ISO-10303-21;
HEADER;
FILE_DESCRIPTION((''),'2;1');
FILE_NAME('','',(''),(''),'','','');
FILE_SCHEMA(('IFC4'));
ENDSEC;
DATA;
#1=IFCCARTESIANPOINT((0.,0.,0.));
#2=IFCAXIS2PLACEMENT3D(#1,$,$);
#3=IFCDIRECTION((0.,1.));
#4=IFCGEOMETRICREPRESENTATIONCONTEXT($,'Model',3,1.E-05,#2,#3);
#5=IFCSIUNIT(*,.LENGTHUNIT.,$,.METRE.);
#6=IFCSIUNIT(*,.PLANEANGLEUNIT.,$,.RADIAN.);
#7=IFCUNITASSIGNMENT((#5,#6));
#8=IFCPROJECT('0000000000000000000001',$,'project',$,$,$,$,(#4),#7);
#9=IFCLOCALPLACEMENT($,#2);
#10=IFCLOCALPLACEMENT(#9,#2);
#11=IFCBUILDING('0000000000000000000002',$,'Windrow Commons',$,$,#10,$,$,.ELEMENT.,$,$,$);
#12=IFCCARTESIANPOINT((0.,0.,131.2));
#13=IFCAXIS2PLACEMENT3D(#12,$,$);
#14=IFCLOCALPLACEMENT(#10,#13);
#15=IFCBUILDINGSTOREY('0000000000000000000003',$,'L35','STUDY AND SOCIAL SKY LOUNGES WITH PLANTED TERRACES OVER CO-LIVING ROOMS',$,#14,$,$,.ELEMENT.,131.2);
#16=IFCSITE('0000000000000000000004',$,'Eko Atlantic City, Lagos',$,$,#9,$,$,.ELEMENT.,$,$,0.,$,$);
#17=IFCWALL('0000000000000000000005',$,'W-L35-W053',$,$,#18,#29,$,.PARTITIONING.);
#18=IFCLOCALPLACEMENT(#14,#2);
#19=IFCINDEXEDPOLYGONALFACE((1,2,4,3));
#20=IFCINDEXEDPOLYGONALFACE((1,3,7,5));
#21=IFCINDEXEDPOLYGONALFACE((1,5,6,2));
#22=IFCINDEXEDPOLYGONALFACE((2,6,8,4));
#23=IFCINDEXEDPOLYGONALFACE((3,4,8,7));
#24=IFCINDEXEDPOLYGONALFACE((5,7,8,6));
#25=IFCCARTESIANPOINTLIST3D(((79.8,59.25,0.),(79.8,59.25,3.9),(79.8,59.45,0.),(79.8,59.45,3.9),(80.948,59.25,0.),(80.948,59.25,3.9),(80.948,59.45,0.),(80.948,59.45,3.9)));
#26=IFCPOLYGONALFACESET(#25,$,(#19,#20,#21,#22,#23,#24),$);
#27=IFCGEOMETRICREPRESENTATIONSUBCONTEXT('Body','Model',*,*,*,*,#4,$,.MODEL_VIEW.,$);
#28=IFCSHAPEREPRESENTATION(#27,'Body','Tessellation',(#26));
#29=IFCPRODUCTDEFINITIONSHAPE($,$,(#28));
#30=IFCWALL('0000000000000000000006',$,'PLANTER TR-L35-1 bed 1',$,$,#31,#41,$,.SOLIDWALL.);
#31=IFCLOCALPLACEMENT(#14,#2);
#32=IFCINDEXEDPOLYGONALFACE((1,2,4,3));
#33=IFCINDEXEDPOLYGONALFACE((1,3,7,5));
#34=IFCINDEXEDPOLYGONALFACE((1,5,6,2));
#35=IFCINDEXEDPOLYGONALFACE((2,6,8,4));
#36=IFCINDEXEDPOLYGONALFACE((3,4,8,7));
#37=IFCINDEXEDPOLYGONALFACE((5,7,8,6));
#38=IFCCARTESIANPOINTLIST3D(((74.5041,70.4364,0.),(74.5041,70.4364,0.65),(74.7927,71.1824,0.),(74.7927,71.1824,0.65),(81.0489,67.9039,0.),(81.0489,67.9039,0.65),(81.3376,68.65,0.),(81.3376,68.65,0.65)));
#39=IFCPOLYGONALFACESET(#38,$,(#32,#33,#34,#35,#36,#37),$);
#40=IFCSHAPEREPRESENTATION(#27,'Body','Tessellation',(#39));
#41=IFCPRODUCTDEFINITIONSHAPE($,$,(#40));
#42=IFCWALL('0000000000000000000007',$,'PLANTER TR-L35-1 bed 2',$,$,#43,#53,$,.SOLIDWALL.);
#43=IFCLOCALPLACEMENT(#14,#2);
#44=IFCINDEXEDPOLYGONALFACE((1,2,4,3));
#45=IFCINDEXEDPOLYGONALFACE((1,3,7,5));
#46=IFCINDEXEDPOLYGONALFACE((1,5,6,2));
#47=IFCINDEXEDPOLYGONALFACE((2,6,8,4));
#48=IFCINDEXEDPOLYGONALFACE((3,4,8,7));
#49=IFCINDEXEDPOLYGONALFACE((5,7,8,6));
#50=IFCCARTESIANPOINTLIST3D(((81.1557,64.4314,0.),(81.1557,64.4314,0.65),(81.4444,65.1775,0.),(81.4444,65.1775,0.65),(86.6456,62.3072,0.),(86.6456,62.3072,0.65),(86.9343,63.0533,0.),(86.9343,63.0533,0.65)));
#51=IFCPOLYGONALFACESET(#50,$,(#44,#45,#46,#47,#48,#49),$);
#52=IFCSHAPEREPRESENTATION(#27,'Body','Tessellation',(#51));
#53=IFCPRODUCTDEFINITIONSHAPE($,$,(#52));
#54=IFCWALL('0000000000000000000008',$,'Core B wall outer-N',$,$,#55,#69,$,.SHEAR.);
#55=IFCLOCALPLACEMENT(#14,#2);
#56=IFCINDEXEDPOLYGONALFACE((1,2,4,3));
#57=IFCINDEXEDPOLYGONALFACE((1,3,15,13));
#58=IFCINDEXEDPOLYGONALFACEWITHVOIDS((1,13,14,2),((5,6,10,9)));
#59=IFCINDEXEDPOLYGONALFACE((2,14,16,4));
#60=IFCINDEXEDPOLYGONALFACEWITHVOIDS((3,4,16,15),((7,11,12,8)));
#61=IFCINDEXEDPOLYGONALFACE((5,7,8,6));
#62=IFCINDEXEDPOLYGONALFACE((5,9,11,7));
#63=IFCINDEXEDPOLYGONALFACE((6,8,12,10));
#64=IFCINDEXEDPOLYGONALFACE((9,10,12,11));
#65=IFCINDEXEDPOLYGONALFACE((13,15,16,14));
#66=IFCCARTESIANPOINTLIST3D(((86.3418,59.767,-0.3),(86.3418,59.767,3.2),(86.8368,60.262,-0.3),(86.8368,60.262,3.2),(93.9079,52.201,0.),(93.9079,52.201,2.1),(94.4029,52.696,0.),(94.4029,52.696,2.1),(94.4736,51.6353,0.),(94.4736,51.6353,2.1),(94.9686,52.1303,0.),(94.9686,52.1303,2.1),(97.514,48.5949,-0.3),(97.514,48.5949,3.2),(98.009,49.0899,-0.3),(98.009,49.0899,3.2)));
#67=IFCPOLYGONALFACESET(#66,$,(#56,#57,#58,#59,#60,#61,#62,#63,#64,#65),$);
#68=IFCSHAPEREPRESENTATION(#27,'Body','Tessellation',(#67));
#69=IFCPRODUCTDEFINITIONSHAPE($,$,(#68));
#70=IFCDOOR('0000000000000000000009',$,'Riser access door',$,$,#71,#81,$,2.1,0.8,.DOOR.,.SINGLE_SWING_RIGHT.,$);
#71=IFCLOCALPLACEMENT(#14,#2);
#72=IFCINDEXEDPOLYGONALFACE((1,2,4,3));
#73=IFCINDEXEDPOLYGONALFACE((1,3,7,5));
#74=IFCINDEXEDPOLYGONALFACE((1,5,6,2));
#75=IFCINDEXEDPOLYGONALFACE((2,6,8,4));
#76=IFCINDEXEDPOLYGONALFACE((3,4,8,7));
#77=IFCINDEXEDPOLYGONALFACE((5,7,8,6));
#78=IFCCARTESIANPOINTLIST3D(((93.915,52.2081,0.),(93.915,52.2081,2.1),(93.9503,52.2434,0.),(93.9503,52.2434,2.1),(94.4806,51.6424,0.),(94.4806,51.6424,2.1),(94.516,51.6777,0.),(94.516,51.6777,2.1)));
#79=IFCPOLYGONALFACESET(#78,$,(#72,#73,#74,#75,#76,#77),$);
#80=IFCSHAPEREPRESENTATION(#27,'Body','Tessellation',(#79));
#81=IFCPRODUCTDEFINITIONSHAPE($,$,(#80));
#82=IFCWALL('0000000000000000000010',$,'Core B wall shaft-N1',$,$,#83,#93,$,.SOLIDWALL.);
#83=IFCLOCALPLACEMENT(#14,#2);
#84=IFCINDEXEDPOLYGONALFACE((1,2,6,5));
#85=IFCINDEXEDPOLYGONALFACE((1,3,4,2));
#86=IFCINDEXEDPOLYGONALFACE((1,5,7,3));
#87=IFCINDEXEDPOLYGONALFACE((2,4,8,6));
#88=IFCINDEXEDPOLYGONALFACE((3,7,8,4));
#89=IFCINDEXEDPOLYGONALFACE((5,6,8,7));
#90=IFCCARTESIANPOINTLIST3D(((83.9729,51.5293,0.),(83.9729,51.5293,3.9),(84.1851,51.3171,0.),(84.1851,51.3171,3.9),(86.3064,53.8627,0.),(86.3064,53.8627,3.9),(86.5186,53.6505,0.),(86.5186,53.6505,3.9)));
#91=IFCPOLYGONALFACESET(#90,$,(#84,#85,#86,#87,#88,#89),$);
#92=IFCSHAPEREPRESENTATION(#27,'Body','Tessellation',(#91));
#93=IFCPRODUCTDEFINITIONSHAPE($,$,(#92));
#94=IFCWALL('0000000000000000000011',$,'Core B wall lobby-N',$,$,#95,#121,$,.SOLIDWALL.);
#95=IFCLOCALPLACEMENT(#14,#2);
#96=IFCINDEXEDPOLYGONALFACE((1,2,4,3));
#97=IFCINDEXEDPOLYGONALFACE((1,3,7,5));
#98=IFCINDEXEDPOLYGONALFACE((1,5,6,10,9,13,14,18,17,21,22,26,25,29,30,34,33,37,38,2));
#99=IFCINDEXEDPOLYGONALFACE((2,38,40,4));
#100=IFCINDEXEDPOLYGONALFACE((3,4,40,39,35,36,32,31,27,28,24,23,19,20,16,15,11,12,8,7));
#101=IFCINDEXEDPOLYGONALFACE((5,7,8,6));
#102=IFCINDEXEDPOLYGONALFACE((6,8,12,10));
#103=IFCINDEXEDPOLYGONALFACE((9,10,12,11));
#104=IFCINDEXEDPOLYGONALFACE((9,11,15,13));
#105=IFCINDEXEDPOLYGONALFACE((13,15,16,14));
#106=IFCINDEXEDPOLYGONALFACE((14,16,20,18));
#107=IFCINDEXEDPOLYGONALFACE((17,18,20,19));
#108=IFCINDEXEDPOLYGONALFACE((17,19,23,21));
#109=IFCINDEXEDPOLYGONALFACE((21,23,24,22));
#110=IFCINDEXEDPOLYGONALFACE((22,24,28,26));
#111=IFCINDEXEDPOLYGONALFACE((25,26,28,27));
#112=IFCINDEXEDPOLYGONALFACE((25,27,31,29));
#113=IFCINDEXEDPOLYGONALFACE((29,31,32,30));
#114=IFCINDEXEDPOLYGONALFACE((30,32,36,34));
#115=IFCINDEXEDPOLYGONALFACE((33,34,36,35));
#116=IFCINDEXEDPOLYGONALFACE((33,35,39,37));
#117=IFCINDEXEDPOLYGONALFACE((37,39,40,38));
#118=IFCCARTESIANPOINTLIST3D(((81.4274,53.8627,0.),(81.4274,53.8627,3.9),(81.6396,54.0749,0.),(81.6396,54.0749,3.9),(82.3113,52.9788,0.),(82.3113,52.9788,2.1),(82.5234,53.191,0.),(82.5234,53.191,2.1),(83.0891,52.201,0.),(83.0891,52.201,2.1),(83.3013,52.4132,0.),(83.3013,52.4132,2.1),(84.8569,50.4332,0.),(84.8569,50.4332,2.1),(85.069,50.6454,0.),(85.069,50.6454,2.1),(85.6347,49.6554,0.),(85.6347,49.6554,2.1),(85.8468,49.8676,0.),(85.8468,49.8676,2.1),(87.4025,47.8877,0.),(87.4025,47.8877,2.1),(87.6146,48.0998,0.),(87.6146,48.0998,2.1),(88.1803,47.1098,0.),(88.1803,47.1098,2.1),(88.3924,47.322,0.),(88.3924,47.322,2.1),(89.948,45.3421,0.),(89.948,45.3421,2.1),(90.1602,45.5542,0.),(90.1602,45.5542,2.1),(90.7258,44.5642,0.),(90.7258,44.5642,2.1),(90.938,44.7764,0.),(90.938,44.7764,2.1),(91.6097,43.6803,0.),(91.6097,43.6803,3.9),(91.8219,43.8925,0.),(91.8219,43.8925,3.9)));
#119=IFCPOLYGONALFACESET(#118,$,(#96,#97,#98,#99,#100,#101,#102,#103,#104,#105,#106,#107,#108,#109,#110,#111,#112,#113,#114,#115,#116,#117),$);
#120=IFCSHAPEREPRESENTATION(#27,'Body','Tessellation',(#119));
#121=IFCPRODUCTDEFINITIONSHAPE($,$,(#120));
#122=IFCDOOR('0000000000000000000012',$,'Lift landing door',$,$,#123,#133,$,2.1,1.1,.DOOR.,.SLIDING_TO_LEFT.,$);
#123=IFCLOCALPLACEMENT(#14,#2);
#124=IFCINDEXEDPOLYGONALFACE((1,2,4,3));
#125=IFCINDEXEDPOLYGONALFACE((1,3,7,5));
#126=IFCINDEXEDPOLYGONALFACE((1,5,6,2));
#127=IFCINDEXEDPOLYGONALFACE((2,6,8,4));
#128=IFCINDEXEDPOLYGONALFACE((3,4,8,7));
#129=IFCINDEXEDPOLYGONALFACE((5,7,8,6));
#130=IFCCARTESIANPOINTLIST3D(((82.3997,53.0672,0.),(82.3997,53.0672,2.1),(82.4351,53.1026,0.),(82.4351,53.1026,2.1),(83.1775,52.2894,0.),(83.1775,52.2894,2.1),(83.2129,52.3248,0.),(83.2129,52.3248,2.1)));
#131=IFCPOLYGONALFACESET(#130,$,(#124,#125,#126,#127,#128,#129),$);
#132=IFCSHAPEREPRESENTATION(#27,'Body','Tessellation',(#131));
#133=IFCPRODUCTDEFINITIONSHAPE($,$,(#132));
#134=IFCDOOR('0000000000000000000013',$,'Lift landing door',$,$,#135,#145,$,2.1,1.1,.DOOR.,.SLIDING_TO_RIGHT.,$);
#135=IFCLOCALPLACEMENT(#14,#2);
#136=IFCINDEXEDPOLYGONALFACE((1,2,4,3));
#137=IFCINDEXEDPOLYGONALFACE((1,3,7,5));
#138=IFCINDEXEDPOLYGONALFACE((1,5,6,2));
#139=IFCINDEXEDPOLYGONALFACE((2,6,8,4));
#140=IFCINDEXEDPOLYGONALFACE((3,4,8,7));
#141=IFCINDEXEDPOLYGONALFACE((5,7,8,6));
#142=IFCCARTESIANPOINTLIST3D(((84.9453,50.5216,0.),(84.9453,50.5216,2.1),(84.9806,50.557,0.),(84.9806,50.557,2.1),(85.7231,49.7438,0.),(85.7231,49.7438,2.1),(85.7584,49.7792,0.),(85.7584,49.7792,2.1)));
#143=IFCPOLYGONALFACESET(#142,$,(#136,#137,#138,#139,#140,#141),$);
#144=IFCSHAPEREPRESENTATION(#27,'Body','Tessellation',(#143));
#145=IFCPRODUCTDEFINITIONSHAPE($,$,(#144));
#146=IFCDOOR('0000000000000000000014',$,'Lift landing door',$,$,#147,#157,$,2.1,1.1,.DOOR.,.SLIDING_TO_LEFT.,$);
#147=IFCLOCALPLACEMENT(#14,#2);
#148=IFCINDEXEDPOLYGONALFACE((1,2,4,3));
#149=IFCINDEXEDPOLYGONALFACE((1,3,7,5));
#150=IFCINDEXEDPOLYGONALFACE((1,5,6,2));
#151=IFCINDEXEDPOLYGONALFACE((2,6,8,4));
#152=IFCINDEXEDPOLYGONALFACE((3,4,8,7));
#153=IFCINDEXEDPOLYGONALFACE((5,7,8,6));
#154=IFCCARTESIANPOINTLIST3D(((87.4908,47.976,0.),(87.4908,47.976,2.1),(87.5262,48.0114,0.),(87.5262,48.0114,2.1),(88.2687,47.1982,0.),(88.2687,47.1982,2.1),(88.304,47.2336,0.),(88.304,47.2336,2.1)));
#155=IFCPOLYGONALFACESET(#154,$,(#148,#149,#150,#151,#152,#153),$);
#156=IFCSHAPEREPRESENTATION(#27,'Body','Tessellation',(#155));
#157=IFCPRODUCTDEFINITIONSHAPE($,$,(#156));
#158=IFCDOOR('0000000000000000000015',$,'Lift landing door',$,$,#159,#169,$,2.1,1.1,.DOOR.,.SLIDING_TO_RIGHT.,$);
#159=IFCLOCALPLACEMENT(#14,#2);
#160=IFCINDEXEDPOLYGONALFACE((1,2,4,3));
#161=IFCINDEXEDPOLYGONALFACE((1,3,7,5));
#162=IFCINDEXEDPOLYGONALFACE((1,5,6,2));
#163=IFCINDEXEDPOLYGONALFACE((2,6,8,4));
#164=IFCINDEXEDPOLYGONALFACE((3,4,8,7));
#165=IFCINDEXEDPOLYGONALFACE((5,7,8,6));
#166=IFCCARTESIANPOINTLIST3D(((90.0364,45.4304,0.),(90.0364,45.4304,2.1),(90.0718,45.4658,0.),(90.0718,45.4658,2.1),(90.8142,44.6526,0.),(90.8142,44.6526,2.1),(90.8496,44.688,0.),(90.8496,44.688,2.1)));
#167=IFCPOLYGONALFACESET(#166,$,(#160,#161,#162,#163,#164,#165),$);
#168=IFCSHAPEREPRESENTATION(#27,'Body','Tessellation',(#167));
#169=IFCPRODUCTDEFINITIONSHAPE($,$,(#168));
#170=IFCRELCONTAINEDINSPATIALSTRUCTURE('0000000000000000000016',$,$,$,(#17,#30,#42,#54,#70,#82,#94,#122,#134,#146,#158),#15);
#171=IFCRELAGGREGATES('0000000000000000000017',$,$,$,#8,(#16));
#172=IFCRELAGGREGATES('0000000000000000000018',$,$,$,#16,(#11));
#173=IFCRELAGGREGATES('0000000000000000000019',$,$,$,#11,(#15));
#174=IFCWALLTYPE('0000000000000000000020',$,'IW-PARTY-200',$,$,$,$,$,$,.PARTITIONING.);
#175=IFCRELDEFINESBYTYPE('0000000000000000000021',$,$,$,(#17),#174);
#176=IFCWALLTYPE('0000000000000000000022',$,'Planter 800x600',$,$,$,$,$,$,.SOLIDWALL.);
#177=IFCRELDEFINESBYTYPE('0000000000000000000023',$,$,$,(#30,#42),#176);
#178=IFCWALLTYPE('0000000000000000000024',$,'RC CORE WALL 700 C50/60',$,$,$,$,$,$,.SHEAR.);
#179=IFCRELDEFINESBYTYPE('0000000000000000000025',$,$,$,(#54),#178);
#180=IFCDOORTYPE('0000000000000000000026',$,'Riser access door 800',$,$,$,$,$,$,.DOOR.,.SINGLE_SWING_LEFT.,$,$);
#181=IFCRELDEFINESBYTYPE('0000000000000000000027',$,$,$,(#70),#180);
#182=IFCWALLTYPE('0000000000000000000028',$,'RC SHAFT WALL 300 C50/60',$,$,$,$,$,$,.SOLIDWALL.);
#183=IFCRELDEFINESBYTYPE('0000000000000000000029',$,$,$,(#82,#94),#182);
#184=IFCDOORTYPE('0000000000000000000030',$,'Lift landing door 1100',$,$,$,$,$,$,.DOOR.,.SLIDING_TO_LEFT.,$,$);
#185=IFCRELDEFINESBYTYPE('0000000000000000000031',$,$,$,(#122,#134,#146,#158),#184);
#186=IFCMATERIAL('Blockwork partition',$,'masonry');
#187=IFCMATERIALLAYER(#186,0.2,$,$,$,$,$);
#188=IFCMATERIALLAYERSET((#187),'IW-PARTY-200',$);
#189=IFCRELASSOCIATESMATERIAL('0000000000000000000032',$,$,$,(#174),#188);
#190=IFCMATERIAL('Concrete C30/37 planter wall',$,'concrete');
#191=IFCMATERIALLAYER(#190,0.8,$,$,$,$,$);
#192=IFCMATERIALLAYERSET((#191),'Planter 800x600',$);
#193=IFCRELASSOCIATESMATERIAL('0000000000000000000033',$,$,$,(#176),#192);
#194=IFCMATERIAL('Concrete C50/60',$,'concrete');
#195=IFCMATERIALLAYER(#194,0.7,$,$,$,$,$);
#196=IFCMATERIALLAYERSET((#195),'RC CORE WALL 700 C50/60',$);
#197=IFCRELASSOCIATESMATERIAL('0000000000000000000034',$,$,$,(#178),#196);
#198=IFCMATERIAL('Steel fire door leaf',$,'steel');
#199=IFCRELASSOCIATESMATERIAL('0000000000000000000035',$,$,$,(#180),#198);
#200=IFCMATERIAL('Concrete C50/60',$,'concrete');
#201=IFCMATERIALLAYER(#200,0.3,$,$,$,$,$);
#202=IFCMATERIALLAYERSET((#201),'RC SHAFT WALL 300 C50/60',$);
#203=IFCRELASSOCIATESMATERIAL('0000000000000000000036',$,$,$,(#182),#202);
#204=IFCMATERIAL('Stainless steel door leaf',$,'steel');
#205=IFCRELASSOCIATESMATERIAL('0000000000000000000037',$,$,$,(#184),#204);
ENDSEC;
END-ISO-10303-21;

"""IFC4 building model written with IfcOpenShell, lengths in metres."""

from ifc_helpers import new_model, si_unit, direction, frame, frame_2d, origin, place, context, subcontext, project, spatial, rectangle, extrude, material, layer, layer_set, type_object, element, fill, save


model = new_model("IFC4")

# Units and contexts
model_context = context("Model", 3, precision=1e-05, world=origin(), true_north=direction((0.0, 1.0)))
body_context = subcontext(model_context, "Body", "Model", "MODEL_VIEW")
ifc_project = project(units=[si_unit("LENGTHUNIT", "METRE"), si_unit("PLANEANGLEUNIT", "RADIAN")], contexts=[model_context])

# Site, building, storey
site_placement = place(None, origin())
site = spatial("IfcSite", under=ifc_project, at=site_placement, Name="Eko Atlantic City, Lagos", CompositionType="ELEMENT", RefElevation=0.0)
building_placement = place(site_placement, origin())
building = spatial("IfcBuilding", under=site, at=building_placement, Name="Windrow Commons", CompositionType="ELEMENT")
storey_placement = place(building_placement, frame((0.0, 0.0, 131.2)))
storey = spatial("IfcBuildingStorey", under=building, at=storey_placement, Name="L35", Description="STUDY AND SOCIAL SKY LOUNGES WITH PLANTED TERRACES OVER CO-LIVING ROOMS", CompositionType="ELEMENT", Elevation=131.2)

# Walls
ifc_material_1 = material(Name="Blockwork partition", Category="masonry")
ifc_layer_1 = layer(ifc_material_1, 0.2)
ifc_layer_set_1 = layer_set([ifc_layer_1], Name="IW-PARTY-200")
wall_type_1 = type_object("IfcWallType", Name="IW-PARTY-200", PredefinedType="PARTITIONING", material=ifc_layer_set_1)
wall_1_placement = place(storey_placement, frame((79.8, 59.35, 0.0), z_axis=(0.0, 0.0, 1.0), x_axis=(1.0, 0.0, 0.0)))
element("IfcWall", 1, at=wall_1_placement, inside=storey, type_object=wall_type_1, Name="W-L35-W053", PredefinedType="PARTITIONING", context=body_context, shape_type="SweptSolid", body=[
    extrude(rectangle(XDim=1.148, YDim=0.2, at=frame_2d((0.574, 0.0))), origin(), (0.0, 0.0, 1.0), 3.9),
])
ifc_material_2 = material(Name="Concrete C30/37 planter wall", Category="concrete")
ifc_layer_2 = layer(ifc_material_2, 0.8)
ifc_layer_set_2 = layer_set([ifc_layer_2], Name="Planter 800x600")
wall_type_2 = type_object("IfcWallType", Name="Planter 800x600", PredefinedType="SOLIDWALL", material=ifc_layer_set_2)
wall_2_placement = place(storey_placement, frame((81.1932, 68.277, 0.0), z_axis=(0.0, 0.0, 1.0), x_axis=(-0.932619, 0.360861, 0.0)))
element("IfcWall", 2, at=wall_2_placement, inside=storey, type_object=wall_type_2, Name="PLANTER TR-L35-1 bed 1", PredefinedType="SOLIDWALL", context=body_context, shape_type="SweptSolid", body=[
    extrude(rectangle(XDim=7.0177, YDim=0.8, at=frame_2d((3.5088, 0.0))), origin(), (0.0, 0.0, 1.0), 0.65),
])
wall_3_placement = place(storey_placement, frame((86.7899, 62.6803, 0.0), z_axis=(0.0, 0.0, 1.0), x_axis=(-0.932621, 0.360858, 0.0)))
element("IfcWall", 3, at=wall_3_placement, inside=storey, type_object=wall_type_2, Name="PLANTER TR-L35-1 bed 2", PredefinedType="SOLIDWALL", context=body_context, shape_type="SweptSolid", body=[
    extrude(rectangle(XDim=5.8865, YDim=0.8, at=frame_2d((2.9432, 0.0))), origin(), (0.0, 0.0, 1.0), 0.65),
])

# Wall, opening, door
ifc_material_3 = material(Name="Concrete C50/60", Category="concrete")
ifc_layer_3 = layer(ifc_material_3, 0.7)
ifc_layer_set_3 = layer_set([ifc_layer_3], Name="RC CORE WALL 700 C50/60")
wall_type_3 = type_object("IfcWallType", Name="RC CORE WALL 700 C50/60", PredefinedType="SHEAR", material=ifc_layer_set_3)
wall_4_placement = place(storey_placement, frame((86.5893, 60.0145, -0.3), z_axis=(0.0, 0.0, 1.0), x_axis=(0.70711, -0.707104, 0.0)))
wall_4 = element("IfcWall", 4, at=wall_4_placement, inside=storey, type_object=wall_type_3, Name="Core B wall outer-N", PredefinedType="SHEAR", context=body_context, shape_type="SweptSolid", body=[
    extrude(rectangle(XDim=15.7999, YDim=0.7, at=frame_2d((7.8999, 0.0))), origin(), (0.0, 0.0, 1.0), 3.5),
])
opening_1_placement = place(wall_4_placement, frame((10.7, 0.0, 0.3)))
opening_1 = element("IfcOpeningElement", 5, at=opening_1_placement, cuts=wall_4, PredefinedType="OPENING", context=body_context, shape_type="SweptSolid", body=[
    extrude(rectangle(XDim=0.8, YDim=2.1, at=frame_2d((0.4, 1.05))), frame((0.0, 0.36, 0.0), z_axis=(0.0, -1.0, 0.0), x_axis=(1.0, 0.0, 0.0)), (0.0, 0.0, 1.0), 0.72),
])
ifc_material_4 = material(Name="Steel fire door leaf", Category="steel")
door_type_1 = type_object("IfcDoorType", Name="Riser access door 800", OperationType="SINGLE_SWING_LEFT", PredefinedType="DOOR", material=ifc_material_4)
door_1_placement = place(opening_1_placement, origin())
door_1 = element("IfcDoor", 6, at=door_1_placement, inside=storey, type_object=door_type_1, Name="Riser access door", OperationType="SINGLE_SWING_RIGHT", OverallHeight=2.1, OverallWidth=0.8, PredefinedType="DOOR", context=body_context, shape_type="SweptSolid", body=[
    extrude(rectangle(XDim=0.8, YDim=2.1, at=frame_2d((0.4, 1.05))), frame((0.0, -0.29, 0.0), z_axis=(0.0, -1.0, 0.0), x_axis=(1.0, 0.0, 0.0)), (0.0, 0.0, 1.0), 0.05),
])
fill(opening_1, door_1)

# Wall
ifc_material_5 = material(Name="Concrete C50/60", Category="concrete")
ifc_layer_4 = layer(ifc_material_5, 0.3)
ifc_layer_set_4 = layer_set([ifc_layer_4], Name="RC SHAFT WALL 300 C50/60")
wall_type_4 = type_object("IfcWallType", Name="RC SHAFT WALL 300 C50/60", PredefinedType="SOLIDWALL", material=ifc_layer_set_4)
wall_5_placement = place(storey_placement, frame((84.079, 51.4232, 0.0), z_axis=(0.0, 0.0, 1.0), x_axis=(0.707122, 0.707092, 0.0)))
element("IfcWall", 7, at=wall_5_placement, inside=storey, type_object=wall_type_4, Name="Core B wall shaft-N1", PredefinedType="SOLIDWALL", context=body_context, shape_type="SweptSolid", body=[
    extrude(rectangle(XDim=3.3, YDim=0.3, at=frame_2d((1.65, 0.0))), origin(), (0.0, 0.0, 1.0), 3.9),
])

# Wall, openings, doors
wall_6_placement = place(storey_placement, frame((81.5335, 53.9688, 0.0), z_axis=(0.0, 0.0, 1.0), x_axis=(0.707103, -0.70711, 0.0)))
wall_6 = element("IfcWall", 8, at=wall_6_placement, inside=storey, type_object=wall_type_4, Name="Core B wall lobby-N", PredefinedType="SOLIDWALL", context=body_context, shape_type="SweptSolid", body=[
    extrude(rectangle(XDim=14.4, YDim=0.3, at=frame_2d((7.2, 0.0))), origin(), (0.0, 0.0, 1.0), 3.9),
])
opening_2_placement = place(wall_6_placement, frame((1.25, 0.0, 0.0)))
opening_2 = element("IfcOpeningElement", 9, at=opening_2_placement, cuts=wall_6, PredefinedType="OPENING", context=body_context, shape_type="SweptSolid", body=[
    extrude(rectangle(XDim=1.1, YDim=2.1, at=frame_2d((0.55, 1.05))), frame((0.0, 0.16, 0.0), z_axis=(0.0, -1.0, 0.0), x_axis=(1.0, 0.0, 0.0)), (0.0, 0.0, 1.0), 0.32),
])
opening_3_placement = place(wall_6_placement, frame((4.85, 0.0, 0.0)))
opening_3 = element("IfcOpeningElement", 10, at=opening_3_placement, cuts=wall_6, PredefinedType="OPENING", context=body_context, shape_type="SweptSolid", body=[
    extrude(rectangle(XDim=1.1, YDim=2.1, at=frame_2d((0.55, 1.05))), frame((0.0, 0.16, 0.0), z_axis=(0.0, -1.0, 0.0), x_axis=(1.0, 0.0, 0.0)), (0.0, 0.0, 1.0), 0.32),
])
opening_4_placement = place(wall_6_placement, frame((8.45, 0.0, 0.0)))
opening_4 = element("IfcOpeningElement", 11, at=opening_4_placement, cuts=wall_6, PredefinedType="OPENING", context=body_context, shape_type="SweptSolid", body=[
    extrude(rectangle(XDim=1.1, YDim=2.1, at=frame_2d((0.55, 1.05))), frame((0.0, 0.16, 0.0), z_axis=(0.0, -1.0, 0.0), x_axis=(1.0, 0.0, 0.0)), (0.0, 0.0, 1.0), 0.32),
])
opening_5_placement = place(wall_6_placement, frame((12.05, 0.0, 0.0)))
opening_5 = element("IfcOpeningElement", 12, at=opening_5_placement, cuts=wall_6, PredefinedType="OPENING", context=body_context, shape_type="SweptSolid", body=[
    extrude(rectangle(XDim=1.1, YDim=2.1, at=frame_2d((0.55, 1.05))), frame((0.0, 0.16, 0.0), z_axis=(0.0, -1.0, 0.0), x_axis=(1.0, 0.0, 0.0)), (0.0, 0.0, 1.0), 0.32),
])
ifc_material_6 = material(Name="Stainless steel door leaf", Category="steel")
door_type_2 = type_object("IfcDoorType", Name="Lift landing door 1100", OperationType="SLIDING_TO_LEFT", PredefinedType="DOOR", material=ifc_material_6)
door_2_placement = place(opening_2_placement, origin())
door_2 = element("IfcDoor", 13, at=door_2_placement, inside=storey, type_object=door_type_2, Name="Lift landing door", OperationType="SLIDING_TO_LEFT", OverallHeight=2.1, OverallWidth=1.1, PredefinedType="DOOR", context=body_context, shape_type="SweptSolid", body=[
    extrude(rectangle(XDim=1.1, YDim=2.1, at=frame_2d((0.55, 1.05))), frame((0.0, 0.025, 0.0), z_axis=(0.0, -1.0, 0.0), x_axis=(1.0, 0.0, 0.0)), (0.0, 0.0, 1.0), 0.05),
])
fill(opening_2, door_2)
door_3_placement = place(opening_3_placement, origin())
door_3 = element("IfcDoor", 14, at=door_3_placement, inside=storey, type_object=door_type_2, Name="Lift landing door", OperationType="SLIDING_TO_RIGHT", OverallHeight=2.1, OverallWidth=1.1, PredefinedType="DOOR", context=body_context, shape_type="SweptSolid", body=[
    extrude(rectangle(XDim=1.1, YDim=2.1, at=frame_2d((0.55, 1.05))), frame((0.0, 0.025, 0.0), z_axis=(0.0, -1.0, 0.0), x_axis=(1.0, 0.0, 0.0)), (0.0, 0.0, 1.0), 0.05),
])
fill(opening_3, door_3)
door_4_placement = place(opening_4_placement, origin())
door_4 = element("IfcDoor", 15, at=door_4_placement, inside=storey, type_object=door_type_2, Name="Lift landing door", OperationType="SLIDING_TO_LEFT", OverallHeight=2.1, OverallWidth=1.1, PredefinedType="DOOR", context=body_context, shape_type="SweptSolid", body=[
    extrude(rectangle(XDim=1.1, YDim=2.1, at=frame_2d((0.55, 1.05))), frame((0.0, 0.025, 0.0), z_axis=(0.0, -1.0, 0.0), x_axis=(1.0, 0.0, 0.0)), (0.0, 0.0, 1.0), 0.05),
])
fill(opening_4, door_4)
door_5_placement = place(opening_5_placement, origin())
door_5 = element("IfcDoor", 16, at=door_5_placement, inside=storey, type_object=door_type_2, Name="Lift landing door", OperationType="SLIDING_TO_RIGHT", OverallHeight=2.1, OverallWidth=1.1, PredefinedType="DOOR", context=body_context, shape_type="SweptSolid", body=[
    extrude(rectangle(XDim=1.1, YDim=2.1, at=frame_2d((0.55, 1.05))), frame((0.0, 0.025, 0.0), z_axis=(0.0, -1.0, 0.0), x_axis=(1.0, 0.0, 0.0)), (0.0, 0.0, 1.0), 0.05),
])
fill(opening_5, door_5)

save(model, "model.ifc")
